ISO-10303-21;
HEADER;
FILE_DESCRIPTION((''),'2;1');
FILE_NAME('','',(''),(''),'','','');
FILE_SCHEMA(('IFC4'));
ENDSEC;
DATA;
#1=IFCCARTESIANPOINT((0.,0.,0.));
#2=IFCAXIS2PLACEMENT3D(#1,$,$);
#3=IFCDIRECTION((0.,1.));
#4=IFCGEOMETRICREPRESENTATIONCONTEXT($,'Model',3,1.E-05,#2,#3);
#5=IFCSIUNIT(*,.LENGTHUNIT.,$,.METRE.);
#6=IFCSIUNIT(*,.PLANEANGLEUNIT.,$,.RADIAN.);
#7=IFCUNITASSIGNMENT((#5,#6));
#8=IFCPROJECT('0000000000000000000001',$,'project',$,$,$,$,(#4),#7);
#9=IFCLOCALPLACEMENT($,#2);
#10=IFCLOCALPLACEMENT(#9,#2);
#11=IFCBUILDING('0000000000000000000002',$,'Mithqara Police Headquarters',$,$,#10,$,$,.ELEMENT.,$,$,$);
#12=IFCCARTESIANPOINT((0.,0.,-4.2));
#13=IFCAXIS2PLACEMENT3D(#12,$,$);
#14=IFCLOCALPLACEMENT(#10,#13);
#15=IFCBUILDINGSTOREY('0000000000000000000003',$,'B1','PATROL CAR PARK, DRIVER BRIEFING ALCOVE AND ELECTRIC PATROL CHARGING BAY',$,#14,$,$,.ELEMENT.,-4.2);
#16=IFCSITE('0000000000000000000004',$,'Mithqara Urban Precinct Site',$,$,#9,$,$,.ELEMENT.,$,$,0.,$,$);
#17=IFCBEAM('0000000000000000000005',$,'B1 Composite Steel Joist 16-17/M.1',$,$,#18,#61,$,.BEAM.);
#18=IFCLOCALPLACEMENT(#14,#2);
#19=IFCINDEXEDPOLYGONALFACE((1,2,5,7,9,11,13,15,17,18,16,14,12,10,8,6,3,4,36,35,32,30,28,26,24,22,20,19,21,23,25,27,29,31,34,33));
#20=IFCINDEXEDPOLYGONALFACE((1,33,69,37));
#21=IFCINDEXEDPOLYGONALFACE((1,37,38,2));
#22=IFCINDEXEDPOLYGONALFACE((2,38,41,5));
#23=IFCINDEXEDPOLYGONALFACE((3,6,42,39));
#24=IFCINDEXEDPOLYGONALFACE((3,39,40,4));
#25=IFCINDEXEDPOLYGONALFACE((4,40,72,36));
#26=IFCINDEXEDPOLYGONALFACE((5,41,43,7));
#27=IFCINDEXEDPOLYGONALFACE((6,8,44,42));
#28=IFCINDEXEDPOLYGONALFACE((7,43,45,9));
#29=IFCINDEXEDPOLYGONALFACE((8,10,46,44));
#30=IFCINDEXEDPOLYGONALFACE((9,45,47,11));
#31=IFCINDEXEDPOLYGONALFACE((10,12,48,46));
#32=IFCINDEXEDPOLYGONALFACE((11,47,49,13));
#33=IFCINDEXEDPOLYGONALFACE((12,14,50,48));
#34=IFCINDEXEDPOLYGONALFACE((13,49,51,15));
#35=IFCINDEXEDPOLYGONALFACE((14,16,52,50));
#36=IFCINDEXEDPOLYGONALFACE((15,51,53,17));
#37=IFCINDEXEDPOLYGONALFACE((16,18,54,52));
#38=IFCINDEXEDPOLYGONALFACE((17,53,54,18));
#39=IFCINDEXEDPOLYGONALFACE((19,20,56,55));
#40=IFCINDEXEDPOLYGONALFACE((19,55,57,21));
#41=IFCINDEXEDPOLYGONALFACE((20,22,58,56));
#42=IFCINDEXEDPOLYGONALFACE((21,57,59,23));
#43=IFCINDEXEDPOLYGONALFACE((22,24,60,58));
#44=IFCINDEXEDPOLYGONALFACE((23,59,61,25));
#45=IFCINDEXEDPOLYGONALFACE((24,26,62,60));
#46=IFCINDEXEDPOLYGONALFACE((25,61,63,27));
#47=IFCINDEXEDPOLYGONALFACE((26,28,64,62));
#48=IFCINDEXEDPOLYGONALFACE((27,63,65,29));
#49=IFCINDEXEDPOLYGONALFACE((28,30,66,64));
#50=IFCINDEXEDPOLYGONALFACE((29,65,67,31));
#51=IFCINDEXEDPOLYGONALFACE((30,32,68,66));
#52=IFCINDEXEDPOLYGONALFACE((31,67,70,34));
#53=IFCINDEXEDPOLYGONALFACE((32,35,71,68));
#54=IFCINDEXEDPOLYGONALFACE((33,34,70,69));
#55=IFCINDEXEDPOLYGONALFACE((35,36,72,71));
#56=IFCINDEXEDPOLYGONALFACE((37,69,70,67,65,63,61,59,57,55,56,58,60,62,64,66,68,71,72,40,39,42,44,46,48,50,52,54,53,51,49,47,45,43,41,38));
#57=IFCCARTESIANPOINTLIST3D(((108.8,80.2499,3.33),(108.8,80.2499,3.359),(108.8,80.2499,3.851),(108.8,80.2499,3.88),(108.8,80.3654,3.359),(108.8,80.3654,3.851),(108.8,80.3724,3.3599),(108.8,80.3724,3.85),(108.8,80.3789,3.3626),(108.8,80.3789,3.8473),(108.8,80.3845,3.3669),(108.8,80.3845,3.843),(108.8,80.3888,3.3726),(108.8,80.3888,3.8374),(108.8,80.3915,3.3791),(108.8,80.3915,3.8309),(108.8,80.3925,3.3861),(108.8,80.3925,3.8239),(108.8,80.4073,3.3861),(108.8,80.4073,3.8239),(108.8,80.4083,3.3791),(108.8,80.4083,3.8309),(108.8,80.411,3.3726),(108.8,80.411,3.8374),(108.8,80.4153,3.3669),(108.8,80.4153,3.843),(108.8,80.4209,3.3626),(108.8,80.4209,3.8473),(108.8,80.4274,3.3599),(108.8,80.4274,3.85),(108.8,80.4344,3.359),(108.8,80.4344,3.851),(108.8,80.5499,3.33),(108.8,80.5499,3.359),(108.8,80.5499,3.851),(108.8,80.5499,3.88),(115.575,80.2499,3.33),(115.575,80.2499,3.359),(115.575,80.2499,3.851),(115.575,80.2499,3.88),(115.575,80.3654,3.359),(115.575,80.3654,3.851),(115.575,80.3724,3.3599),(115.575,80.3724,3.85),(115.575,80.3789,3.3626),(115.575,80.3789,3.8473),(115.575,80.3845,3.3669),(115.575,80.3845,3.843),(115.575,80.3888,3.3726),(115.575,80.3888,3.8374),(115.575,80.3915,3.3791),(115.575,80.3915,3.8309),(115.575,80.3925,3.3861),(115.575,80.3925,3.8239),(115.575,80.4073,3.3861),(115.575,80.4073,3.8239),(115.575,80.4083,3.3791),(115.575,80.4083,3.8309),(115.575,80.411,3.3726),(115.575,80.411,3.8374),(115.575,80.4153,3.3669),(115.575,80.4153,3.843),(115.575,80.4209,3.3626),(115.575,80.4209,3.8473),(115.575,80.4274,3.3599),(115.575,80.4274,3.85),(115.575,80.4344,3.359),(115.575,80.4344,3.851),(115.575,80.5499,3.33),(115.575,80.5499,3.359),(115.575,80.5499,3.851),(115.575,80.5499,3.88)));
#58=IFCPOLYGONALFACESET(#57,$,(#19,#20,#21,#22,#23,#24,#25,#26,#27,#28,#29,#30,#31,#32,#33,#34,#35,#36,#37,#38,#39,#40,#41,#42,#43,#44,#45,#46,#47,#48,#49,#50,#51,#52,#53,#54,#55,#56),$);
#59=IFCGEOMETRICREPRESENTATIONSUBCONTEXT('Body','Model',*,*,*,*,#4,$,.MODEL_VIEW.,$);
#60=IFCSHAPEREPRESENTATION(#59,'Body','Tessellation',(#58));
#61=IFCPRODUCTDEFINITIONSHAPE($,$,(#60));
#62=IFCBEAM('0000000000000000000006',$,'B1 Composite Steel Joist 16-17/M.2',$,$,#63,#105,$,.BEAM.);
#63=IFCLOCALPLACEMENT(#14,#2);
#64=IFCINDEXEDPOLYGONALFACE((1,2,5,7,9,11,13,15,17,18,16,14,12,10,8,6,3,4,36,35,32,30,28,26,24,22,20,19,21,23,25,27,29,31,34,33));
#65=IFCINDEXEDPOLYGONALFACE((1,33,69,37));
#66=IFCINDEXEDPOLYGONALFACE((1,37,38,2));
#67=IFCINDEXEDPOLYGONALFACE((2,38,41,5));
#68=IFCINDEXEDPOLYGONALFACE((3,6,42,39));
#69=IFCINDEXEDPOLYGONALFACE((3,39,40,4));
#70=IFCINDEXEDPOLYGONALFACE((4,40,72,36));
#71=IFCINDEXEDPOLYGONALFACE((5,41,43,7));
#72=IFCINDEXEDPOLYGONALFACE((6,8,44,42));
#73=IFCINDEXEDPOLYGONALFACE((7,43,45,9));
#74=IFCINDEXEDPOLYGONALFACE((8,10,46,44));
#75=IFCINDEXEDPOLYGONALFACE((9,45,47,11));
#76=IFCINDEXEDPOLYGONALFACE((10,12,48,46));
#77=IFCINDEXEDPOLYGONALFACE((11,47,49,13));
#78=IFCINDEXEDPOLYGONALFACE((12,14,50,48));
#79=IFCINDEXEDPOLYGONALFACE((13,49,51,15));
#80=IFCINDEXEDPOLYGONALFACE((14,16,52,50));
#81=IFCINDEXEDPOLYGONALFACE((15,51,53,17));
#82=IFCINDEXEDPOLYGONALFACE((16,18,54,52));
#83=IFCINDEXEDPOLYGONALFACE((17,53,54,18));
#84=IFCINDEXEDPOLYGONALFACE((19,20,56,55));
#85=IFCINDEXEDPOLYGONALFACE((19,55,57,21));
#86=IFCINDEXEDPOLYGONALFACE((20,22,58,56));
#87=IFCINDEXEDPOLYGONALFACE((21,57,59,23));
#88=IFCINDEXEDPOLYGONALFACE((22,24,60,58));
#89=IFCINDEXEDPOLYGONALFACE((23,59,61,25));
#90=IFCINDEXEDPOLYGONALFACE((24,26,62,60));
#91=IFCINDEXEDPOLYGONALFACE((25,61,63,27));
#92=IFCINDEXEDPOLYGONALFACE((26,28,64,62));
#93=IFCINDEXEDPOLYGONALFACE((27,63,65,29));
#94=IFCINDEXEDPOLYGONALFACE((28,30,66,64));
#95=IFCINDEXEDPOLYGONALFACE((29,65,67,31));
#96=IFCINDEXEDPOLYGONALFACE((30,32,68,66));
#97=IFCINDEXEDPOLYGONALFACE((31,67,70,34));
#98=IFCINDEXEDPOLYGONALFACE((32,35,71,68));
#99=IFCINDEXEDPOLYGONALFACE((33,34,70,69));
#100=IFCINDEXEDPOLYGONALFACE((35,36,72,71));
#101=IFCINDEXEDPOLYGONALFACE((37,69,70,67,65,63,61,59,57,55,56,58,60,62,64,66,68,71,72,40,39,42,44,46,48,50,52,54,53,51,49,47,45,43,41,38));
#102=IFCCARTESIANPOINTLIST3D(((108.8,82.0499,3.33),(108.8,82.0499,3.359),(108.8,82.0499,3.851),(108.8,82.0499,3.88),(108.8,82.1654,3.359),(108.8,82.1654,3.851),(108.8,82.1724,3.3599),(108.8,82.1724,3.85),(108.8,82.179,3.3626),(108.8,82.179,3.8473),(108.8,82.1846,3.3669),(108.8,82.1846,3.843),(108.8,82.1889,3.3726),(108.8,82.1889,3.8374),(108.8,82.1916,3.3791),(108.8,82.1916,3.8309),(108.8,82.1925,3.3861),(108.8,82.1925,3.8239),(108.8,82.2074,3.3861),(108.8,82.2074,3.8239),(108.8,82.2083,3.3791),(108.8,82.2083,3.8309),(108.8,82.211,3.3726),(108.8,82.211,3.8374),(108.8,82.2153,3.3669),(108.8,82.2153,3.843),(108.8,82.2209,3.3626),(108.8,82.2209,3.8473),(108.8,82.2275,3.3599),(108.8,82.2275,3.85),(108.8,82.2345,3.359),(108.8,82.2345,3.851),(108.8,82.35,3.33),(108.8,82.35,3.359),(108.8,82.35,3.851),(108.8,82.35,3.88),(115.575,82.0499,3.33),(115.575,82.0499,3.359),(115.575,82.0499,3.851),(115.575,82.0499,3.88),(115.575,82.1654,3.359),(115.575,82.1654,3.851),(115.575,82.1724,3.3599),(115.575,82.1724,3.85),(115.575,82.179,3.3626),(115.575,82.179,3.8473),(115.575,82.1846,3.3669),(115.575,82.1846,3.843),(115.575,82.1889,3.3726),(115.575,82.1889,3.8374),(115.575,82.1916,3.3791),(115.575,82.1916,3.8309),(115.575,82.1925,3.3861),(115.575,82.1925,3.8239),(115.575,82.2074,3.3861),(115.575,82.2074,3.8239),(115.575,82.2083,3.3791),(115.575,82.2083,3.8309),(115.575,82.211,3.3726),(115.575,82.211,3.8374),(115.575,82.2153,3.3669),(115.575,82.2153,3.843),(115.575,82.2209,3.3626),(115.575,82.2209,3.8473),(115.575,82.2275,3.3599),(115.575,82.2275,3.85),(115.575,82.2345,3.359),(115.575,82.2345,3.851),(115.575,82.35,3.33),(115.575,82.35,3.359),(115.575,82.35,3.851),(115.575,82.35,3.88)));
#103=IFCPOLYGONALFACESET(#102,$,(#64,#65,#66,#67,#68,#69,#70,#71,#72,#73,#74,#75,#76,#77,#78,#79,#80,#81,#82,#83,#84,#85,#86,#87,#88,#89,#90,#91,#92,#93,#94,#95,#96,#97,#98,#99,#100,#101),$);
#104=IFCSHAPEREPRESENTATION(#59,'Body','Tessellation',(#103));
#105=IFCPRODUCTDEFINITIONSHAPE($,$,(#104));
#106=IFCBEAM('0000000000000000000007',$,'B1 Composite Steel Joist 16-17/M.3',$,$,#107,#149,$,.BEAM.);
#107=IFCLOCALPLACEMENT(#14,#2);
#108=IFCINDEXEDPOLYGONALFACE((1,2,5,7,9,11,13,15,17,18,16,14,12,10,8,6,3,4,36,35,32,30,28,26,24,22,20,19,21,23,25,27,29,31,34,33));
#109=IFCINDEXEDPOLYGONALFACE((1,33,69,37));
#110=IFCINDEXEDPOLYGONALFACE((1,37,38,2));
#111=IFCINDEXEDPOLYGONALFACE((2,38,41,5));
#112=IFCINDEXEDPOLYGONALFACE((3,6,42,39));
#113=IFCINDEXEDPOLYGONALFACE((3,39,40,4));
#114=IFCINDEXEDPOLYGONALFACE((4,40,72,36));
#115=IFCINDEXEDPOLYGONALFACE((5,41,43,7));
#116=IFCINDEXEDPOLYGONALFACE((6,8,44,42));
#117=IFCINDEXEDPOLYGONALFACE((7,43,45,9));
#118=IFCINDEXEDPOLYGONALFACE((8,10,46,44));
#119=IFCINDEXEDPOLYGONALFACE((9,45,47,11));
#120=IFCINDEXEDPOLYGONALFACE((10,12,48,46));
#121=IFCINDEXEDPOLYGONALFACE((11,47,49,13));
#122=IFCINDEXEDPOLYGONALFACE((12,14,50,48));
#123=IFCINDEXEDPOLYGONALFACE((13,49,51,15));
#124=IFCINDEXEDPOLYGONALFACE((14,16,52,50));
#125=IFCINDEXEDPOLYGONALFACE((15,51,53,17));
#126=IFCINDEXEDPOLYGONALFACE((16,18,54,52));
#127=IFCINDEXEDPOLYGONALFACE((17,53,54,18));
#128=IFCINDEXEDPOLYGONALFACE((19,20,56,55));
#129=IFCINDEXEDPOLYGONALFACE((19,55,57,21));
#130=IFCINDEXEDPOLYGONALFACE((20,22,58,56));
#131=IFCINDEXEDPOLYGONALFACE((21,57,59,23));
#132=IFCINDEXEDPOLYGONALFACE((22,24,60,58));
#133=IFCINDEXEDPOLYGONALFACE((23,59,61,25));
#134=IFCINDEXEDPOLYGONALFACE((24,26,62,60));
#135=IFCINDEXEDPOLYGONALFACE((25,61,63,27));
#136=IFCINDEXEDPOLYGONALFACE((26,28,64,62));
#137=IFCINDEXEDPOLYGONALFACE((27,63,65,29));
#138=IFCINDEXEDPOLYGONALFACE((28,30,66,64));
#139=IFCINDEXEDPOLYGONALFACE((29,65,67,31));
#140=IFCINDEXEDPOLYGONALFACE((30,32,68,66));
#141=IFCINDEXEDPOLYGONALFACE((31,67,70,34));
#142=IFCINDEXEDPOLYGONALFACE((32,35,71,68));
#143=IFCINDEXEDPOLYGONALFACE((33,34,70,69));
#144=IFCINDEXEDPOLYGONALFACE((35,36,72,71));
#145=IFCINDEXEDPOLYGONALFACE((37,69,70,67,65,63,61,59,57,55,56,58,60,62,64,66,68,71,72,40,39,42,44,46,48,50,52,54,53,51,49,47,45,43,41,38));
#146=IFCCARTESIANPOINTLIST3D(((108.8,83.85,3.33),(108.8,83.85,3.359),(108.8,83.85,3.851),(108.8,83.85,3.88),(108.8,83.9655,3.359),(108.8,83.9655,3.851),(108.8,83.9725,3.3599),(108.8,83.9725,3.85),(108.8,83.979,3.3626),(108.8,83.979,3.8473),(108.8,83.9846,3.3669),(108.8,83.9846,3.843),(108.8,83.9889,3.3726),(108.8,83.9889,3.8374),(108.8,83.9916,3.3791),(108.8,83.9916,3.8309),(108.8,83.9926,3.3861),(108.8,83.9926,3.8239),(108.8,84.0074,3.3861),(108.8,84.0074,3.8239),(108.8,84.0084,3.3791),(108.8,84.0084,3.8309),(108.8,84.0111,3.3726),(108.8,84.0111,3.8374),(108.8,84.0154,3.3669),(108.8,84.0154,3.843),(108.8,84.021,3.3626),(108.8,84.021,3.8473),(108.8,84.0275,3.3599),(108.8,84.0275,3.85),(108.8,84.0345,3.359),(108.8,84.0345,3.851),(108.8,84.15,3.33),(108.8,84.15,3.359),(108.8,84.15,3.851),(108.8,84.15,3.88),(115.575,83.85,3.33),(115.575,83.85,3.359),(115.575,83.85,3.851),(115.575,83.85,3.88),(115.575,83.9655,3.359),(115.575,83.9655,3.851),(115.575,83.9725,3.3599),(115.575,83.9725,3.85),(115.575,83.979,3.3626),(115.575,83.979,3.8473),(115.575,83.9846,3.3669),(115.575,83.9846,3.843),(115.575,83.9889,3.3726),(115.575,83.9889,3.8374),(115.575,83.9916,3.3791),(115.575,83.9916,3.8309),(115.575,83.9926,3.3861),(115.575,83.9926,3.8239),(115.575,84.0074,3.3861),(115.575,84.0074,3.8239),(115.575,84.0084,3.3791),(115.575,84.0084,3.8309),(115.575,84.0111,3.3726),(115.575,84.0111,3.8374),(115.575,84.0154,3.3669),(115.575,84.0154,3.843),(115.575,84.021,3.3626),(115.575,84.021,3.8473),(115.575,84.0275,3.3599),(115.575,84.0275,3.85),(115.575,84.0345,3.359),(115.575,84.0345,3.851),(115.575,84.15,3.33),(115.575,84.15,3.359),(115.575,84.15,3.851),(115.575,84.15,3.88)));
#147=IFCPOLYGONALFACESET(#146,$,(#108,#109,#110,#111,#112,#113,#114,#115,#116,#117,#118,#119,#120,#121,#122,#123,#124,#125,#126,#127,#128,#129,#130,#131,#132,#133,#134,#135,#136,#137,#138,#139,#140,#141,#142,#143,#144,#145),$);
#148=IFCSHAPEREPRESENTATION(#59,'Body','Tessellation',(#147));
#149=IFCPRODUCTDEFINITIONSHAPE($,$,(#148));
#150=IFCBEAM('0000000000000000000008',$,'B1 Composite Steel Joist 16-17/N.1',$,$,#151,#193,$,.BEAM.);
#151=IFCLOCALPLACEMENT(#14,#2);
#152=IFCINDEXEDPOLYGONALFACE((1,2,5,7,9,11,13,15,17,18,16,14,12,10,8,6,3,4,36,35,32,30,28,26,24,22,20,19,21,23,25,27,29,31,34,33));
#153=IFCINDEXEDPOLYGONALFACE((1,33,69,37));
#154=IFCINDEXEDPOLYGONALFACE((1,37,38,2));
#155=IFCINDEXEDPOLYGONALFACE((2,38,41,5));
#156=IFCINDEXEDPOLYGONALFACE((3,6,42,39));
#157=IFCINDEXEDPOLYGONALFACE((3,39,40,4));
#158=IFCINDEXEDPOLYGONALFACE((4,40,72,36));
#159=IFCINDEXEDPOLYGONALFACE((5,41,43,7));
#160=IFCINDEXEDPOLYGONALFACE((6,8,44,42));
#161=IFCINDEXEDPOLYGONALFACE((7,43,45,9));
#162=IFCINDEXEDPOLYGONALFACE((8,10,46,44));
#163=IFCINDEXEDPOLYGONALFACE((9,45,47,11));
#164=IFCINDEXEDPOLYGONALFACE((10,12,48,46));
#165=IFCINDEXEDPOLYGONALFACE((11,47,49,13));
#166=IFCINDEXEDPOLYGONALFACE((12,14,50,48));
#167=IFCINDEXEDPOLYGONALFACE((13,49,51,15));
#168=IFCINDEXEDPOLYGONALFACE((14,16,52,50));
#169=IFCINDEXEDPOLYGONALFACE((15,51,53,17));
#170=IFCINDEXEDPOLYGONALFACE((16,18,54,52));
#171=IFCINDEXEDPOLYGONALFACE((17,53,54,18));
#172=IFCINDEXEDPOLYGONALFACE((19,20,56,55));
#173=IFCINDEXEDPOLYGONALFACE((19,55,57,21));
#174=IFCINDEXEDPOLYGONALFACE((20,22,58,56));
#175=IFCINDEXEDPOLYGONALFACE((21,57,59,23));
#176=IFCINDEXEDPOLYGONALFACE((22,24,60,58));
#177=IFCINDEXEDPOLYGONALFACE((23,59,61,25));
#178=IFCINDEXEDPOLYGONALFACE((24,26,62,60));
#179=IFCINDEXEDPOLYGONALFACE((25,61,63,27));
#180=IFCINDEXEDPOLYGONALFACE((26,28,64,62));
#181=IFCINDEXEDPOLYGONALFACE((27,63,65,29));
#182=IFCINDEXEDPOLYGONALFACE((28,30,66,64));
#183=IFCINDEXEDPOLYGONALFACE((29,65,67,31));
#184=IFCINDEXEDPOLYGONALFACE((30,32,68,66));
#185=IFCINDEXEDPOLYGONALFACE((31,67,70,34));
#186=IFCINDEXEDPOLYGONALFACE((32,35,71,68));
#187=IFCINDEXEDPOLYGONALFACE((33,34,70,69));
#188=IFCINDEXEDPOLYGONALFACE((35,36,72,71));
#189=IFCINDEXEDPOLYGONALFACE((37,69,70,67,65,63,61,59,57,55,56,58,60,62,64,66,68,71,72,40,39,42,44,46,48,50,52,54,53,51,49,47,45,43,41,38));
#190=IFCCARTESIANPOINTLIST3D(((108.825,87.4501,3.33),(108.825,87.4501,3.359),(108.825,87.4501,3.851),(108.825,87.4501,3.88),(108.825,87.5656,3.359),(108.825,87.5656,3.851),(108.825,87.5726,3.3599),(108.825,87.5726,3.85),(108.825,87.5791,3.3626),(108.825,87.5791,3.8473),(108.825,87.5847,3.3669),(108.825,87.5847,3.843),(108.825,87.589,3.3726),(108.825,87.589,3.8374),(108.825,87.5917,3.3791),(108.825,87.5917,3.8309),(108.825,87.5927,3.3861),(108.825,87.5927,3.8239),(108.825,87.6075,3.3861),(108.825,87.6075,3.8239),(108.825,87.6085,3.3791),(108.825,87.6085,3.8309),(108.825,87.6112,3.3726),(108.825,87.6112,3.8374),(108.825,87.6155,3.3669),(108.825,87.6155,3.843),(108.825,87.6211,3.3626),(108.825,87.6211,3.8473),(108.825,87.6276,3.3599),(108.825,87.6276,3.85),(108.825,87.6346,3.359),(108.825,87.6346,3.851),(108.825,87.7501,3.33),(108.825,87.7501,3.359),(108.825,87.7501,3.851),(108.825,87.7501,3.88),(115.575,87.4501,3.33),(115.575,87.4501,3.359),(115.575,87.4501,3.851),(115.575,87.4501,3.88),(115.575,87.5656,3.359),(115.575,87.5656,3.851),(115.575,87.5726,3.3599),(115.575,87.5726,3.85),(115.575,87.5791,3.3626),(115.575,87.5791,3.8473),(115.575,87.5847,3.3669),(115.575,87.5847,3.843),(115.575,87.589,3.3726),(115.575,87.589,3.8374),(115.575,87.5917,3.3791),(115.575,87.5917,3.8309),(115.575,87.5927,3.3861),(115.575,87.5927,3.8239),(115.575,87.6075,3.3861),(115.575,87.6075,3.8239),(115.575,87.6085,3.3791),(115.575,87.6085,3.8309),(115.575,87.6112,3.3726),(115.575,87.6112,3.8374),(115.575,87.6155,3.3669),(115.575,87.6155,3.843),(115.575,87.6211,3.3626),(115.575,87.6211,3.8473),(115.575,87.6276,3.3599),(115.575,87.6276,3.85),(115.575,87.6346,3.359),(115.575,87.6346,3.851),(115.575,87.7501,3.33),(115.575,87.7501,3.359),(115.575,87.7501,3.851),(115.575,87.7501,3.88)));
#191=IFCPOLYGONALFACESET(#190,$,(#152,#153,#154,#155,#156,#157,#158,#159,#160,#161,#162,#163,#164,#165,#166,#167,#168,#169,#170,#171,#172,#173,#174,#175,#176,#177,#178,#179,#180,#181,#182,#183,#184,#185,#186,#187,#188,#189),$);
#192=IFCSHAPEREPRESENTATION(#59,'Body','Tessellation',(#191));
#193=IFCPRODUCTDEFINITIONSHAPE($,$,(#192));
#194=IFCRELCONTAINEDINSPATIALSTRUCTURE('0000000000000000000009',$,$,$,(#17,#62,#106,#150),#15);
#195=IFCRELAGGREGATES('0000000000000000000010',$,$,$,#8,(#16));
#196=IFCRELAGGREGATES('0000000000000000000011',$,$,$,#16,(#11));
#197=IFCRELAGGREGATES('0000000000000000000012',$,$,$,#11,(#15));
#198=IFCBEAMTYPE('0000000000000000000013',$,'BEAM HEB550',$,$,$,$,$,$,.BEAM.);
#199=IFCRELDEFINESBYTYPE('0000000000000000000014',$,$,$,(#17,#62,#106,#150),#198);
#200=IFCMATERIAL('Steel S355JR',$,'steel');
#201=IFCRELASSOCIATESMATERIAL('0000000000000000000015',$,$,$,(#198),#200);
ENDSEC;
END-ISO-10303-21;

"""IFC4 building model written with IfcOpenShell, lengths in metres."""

from ifc_helpers import new_model, si_unit, direction, frame, origin, origin_2d, place, context, subcontext, project, spatial, i_section, extrude, material, material_profile, profile_set, type_object, element, save


model = new_model("IFC4")

# Units and contexts
model_context = context("Model", 3, precision=1e-05, world=origin(), true_north=direction((0.0, 1.0)))
body_context = subcontext(model_context, "Body", "Model", "MODEL_VIEW")
ifc_project = project(units=[si_unit("LENGTHUNIT", "METRE"), si_unit("PLANEANGLEUNIT", "RADIAN")], contexts=[model_context])

# Site, building, storey
site_placement = place(None, origin())
site = spatial("IfcSite", under=ifc_project, at=site_placement, Name="Mithqara Urban Precinct Site", CompositionType="ELEMENT", RefElevation=0.0)
building_placement = place(site_placement, origin())
building = spatial("IfcBuilding", under=site, at=building_placement, Name="Mithqara Police Headquarters", CompositionType="ELEMENT")
storey_placement = place(building_placement, frame((0.0, 0.0, -4.2)))
storey = spatial("IfcBuildingStorey", under=building, at=storey_placement, Name="B1", Description="PATROL CAR PARK, DRIVER BRIEFING ALCOVE AND ELECTRIC PATROL CHARGING BAY", CompositionType="ELEMENT", Elevation=-4.2)

# Beams
ifc_material_1 = material(Name="Steel S355JR", Category="steel")
ifc_material_profile_1 = material_profile(ifc_material_1, i_section(OverallWidth=0.3, OverallDepth=0.55, WebThickness=0.0149, FlangeThickness=0.0291, FilletRadius=0.0271, at=origin_2d()), Name="HEB 550")
ifc_profile_set_1 = profile_set([ifc_material_profile_1], Name="Steel S355JR")
beam_type_1 = type_object("IfcBeamType", Name="BEAM HEB550", PredefinedType="BEAM", material=ifc_profile_set_1)
for number, where, z_axis, x_axis, name in (
    (1, (108.8, 80.3999, 3.605), (1.0, 0.0, 0.0), (0.0, 1.0, 0.0), "B1 Composite Steel Joist 16-17/M.1"),
    (2, (108.8, 82.2, 3.605), (1.0, 0.0, 0.0), (0.0, 1.0, 0.0), "B1 Composite Steel Joist 16-17/M.2"),
    (3, (108.8, 84.0, 3.605), (1.0, 0.0, 0.0), (0.0, 1.0, 0.0), "B1 Composite Steel Joist 16-17/M.3"),
):
    element("IfcBeam", number, at=place(storey_placement, frame(where, z_axis=z_axis, x_axis=x_axis)), inside=storey, type_object=beam_type_1, Name=name, PredefinedType="BEAM", context=body_context, shape_type="SweptSolid", body=[
        extrude(i_section(OverallWidth=0.3, OverallDepth=0.55, WebThickness=0.0149, FlangeThickness=0.0291, FilletRadius=0.0271, at=origin_2d()), origin(), (0.0, 0.0, 1.0), 6.7749),
    ])
for number, where, z_axis, x_axis, name in (
    (4, (108.825, 87.6001, 3.605), (1.0, 0.0, 0.0), (0.0, 1.0, 0.0), "B1 Composite Steel Joist 16-17/N.1"),
):
    element("IfcBeam", number, at=place(storey_placement, frame(where, z_axis=z_axis, x_axis=x_axis)), inside=storey, type_object=beam_type_1, Name=name, PredefinedType="BEAM", context=body_context, shape_type="SweptSolid", body=[
        extrude(i_section(OverallWidth=0.3, OverallDepth=0.55, WebThickness=0.0149, FlangeThickness=0.0291, FilletRadius=0.0271, at=origin_2d()), origin(), (0.0, 0.0, 1.0), 6.75),
    ])

save(model, "model.ifc")
